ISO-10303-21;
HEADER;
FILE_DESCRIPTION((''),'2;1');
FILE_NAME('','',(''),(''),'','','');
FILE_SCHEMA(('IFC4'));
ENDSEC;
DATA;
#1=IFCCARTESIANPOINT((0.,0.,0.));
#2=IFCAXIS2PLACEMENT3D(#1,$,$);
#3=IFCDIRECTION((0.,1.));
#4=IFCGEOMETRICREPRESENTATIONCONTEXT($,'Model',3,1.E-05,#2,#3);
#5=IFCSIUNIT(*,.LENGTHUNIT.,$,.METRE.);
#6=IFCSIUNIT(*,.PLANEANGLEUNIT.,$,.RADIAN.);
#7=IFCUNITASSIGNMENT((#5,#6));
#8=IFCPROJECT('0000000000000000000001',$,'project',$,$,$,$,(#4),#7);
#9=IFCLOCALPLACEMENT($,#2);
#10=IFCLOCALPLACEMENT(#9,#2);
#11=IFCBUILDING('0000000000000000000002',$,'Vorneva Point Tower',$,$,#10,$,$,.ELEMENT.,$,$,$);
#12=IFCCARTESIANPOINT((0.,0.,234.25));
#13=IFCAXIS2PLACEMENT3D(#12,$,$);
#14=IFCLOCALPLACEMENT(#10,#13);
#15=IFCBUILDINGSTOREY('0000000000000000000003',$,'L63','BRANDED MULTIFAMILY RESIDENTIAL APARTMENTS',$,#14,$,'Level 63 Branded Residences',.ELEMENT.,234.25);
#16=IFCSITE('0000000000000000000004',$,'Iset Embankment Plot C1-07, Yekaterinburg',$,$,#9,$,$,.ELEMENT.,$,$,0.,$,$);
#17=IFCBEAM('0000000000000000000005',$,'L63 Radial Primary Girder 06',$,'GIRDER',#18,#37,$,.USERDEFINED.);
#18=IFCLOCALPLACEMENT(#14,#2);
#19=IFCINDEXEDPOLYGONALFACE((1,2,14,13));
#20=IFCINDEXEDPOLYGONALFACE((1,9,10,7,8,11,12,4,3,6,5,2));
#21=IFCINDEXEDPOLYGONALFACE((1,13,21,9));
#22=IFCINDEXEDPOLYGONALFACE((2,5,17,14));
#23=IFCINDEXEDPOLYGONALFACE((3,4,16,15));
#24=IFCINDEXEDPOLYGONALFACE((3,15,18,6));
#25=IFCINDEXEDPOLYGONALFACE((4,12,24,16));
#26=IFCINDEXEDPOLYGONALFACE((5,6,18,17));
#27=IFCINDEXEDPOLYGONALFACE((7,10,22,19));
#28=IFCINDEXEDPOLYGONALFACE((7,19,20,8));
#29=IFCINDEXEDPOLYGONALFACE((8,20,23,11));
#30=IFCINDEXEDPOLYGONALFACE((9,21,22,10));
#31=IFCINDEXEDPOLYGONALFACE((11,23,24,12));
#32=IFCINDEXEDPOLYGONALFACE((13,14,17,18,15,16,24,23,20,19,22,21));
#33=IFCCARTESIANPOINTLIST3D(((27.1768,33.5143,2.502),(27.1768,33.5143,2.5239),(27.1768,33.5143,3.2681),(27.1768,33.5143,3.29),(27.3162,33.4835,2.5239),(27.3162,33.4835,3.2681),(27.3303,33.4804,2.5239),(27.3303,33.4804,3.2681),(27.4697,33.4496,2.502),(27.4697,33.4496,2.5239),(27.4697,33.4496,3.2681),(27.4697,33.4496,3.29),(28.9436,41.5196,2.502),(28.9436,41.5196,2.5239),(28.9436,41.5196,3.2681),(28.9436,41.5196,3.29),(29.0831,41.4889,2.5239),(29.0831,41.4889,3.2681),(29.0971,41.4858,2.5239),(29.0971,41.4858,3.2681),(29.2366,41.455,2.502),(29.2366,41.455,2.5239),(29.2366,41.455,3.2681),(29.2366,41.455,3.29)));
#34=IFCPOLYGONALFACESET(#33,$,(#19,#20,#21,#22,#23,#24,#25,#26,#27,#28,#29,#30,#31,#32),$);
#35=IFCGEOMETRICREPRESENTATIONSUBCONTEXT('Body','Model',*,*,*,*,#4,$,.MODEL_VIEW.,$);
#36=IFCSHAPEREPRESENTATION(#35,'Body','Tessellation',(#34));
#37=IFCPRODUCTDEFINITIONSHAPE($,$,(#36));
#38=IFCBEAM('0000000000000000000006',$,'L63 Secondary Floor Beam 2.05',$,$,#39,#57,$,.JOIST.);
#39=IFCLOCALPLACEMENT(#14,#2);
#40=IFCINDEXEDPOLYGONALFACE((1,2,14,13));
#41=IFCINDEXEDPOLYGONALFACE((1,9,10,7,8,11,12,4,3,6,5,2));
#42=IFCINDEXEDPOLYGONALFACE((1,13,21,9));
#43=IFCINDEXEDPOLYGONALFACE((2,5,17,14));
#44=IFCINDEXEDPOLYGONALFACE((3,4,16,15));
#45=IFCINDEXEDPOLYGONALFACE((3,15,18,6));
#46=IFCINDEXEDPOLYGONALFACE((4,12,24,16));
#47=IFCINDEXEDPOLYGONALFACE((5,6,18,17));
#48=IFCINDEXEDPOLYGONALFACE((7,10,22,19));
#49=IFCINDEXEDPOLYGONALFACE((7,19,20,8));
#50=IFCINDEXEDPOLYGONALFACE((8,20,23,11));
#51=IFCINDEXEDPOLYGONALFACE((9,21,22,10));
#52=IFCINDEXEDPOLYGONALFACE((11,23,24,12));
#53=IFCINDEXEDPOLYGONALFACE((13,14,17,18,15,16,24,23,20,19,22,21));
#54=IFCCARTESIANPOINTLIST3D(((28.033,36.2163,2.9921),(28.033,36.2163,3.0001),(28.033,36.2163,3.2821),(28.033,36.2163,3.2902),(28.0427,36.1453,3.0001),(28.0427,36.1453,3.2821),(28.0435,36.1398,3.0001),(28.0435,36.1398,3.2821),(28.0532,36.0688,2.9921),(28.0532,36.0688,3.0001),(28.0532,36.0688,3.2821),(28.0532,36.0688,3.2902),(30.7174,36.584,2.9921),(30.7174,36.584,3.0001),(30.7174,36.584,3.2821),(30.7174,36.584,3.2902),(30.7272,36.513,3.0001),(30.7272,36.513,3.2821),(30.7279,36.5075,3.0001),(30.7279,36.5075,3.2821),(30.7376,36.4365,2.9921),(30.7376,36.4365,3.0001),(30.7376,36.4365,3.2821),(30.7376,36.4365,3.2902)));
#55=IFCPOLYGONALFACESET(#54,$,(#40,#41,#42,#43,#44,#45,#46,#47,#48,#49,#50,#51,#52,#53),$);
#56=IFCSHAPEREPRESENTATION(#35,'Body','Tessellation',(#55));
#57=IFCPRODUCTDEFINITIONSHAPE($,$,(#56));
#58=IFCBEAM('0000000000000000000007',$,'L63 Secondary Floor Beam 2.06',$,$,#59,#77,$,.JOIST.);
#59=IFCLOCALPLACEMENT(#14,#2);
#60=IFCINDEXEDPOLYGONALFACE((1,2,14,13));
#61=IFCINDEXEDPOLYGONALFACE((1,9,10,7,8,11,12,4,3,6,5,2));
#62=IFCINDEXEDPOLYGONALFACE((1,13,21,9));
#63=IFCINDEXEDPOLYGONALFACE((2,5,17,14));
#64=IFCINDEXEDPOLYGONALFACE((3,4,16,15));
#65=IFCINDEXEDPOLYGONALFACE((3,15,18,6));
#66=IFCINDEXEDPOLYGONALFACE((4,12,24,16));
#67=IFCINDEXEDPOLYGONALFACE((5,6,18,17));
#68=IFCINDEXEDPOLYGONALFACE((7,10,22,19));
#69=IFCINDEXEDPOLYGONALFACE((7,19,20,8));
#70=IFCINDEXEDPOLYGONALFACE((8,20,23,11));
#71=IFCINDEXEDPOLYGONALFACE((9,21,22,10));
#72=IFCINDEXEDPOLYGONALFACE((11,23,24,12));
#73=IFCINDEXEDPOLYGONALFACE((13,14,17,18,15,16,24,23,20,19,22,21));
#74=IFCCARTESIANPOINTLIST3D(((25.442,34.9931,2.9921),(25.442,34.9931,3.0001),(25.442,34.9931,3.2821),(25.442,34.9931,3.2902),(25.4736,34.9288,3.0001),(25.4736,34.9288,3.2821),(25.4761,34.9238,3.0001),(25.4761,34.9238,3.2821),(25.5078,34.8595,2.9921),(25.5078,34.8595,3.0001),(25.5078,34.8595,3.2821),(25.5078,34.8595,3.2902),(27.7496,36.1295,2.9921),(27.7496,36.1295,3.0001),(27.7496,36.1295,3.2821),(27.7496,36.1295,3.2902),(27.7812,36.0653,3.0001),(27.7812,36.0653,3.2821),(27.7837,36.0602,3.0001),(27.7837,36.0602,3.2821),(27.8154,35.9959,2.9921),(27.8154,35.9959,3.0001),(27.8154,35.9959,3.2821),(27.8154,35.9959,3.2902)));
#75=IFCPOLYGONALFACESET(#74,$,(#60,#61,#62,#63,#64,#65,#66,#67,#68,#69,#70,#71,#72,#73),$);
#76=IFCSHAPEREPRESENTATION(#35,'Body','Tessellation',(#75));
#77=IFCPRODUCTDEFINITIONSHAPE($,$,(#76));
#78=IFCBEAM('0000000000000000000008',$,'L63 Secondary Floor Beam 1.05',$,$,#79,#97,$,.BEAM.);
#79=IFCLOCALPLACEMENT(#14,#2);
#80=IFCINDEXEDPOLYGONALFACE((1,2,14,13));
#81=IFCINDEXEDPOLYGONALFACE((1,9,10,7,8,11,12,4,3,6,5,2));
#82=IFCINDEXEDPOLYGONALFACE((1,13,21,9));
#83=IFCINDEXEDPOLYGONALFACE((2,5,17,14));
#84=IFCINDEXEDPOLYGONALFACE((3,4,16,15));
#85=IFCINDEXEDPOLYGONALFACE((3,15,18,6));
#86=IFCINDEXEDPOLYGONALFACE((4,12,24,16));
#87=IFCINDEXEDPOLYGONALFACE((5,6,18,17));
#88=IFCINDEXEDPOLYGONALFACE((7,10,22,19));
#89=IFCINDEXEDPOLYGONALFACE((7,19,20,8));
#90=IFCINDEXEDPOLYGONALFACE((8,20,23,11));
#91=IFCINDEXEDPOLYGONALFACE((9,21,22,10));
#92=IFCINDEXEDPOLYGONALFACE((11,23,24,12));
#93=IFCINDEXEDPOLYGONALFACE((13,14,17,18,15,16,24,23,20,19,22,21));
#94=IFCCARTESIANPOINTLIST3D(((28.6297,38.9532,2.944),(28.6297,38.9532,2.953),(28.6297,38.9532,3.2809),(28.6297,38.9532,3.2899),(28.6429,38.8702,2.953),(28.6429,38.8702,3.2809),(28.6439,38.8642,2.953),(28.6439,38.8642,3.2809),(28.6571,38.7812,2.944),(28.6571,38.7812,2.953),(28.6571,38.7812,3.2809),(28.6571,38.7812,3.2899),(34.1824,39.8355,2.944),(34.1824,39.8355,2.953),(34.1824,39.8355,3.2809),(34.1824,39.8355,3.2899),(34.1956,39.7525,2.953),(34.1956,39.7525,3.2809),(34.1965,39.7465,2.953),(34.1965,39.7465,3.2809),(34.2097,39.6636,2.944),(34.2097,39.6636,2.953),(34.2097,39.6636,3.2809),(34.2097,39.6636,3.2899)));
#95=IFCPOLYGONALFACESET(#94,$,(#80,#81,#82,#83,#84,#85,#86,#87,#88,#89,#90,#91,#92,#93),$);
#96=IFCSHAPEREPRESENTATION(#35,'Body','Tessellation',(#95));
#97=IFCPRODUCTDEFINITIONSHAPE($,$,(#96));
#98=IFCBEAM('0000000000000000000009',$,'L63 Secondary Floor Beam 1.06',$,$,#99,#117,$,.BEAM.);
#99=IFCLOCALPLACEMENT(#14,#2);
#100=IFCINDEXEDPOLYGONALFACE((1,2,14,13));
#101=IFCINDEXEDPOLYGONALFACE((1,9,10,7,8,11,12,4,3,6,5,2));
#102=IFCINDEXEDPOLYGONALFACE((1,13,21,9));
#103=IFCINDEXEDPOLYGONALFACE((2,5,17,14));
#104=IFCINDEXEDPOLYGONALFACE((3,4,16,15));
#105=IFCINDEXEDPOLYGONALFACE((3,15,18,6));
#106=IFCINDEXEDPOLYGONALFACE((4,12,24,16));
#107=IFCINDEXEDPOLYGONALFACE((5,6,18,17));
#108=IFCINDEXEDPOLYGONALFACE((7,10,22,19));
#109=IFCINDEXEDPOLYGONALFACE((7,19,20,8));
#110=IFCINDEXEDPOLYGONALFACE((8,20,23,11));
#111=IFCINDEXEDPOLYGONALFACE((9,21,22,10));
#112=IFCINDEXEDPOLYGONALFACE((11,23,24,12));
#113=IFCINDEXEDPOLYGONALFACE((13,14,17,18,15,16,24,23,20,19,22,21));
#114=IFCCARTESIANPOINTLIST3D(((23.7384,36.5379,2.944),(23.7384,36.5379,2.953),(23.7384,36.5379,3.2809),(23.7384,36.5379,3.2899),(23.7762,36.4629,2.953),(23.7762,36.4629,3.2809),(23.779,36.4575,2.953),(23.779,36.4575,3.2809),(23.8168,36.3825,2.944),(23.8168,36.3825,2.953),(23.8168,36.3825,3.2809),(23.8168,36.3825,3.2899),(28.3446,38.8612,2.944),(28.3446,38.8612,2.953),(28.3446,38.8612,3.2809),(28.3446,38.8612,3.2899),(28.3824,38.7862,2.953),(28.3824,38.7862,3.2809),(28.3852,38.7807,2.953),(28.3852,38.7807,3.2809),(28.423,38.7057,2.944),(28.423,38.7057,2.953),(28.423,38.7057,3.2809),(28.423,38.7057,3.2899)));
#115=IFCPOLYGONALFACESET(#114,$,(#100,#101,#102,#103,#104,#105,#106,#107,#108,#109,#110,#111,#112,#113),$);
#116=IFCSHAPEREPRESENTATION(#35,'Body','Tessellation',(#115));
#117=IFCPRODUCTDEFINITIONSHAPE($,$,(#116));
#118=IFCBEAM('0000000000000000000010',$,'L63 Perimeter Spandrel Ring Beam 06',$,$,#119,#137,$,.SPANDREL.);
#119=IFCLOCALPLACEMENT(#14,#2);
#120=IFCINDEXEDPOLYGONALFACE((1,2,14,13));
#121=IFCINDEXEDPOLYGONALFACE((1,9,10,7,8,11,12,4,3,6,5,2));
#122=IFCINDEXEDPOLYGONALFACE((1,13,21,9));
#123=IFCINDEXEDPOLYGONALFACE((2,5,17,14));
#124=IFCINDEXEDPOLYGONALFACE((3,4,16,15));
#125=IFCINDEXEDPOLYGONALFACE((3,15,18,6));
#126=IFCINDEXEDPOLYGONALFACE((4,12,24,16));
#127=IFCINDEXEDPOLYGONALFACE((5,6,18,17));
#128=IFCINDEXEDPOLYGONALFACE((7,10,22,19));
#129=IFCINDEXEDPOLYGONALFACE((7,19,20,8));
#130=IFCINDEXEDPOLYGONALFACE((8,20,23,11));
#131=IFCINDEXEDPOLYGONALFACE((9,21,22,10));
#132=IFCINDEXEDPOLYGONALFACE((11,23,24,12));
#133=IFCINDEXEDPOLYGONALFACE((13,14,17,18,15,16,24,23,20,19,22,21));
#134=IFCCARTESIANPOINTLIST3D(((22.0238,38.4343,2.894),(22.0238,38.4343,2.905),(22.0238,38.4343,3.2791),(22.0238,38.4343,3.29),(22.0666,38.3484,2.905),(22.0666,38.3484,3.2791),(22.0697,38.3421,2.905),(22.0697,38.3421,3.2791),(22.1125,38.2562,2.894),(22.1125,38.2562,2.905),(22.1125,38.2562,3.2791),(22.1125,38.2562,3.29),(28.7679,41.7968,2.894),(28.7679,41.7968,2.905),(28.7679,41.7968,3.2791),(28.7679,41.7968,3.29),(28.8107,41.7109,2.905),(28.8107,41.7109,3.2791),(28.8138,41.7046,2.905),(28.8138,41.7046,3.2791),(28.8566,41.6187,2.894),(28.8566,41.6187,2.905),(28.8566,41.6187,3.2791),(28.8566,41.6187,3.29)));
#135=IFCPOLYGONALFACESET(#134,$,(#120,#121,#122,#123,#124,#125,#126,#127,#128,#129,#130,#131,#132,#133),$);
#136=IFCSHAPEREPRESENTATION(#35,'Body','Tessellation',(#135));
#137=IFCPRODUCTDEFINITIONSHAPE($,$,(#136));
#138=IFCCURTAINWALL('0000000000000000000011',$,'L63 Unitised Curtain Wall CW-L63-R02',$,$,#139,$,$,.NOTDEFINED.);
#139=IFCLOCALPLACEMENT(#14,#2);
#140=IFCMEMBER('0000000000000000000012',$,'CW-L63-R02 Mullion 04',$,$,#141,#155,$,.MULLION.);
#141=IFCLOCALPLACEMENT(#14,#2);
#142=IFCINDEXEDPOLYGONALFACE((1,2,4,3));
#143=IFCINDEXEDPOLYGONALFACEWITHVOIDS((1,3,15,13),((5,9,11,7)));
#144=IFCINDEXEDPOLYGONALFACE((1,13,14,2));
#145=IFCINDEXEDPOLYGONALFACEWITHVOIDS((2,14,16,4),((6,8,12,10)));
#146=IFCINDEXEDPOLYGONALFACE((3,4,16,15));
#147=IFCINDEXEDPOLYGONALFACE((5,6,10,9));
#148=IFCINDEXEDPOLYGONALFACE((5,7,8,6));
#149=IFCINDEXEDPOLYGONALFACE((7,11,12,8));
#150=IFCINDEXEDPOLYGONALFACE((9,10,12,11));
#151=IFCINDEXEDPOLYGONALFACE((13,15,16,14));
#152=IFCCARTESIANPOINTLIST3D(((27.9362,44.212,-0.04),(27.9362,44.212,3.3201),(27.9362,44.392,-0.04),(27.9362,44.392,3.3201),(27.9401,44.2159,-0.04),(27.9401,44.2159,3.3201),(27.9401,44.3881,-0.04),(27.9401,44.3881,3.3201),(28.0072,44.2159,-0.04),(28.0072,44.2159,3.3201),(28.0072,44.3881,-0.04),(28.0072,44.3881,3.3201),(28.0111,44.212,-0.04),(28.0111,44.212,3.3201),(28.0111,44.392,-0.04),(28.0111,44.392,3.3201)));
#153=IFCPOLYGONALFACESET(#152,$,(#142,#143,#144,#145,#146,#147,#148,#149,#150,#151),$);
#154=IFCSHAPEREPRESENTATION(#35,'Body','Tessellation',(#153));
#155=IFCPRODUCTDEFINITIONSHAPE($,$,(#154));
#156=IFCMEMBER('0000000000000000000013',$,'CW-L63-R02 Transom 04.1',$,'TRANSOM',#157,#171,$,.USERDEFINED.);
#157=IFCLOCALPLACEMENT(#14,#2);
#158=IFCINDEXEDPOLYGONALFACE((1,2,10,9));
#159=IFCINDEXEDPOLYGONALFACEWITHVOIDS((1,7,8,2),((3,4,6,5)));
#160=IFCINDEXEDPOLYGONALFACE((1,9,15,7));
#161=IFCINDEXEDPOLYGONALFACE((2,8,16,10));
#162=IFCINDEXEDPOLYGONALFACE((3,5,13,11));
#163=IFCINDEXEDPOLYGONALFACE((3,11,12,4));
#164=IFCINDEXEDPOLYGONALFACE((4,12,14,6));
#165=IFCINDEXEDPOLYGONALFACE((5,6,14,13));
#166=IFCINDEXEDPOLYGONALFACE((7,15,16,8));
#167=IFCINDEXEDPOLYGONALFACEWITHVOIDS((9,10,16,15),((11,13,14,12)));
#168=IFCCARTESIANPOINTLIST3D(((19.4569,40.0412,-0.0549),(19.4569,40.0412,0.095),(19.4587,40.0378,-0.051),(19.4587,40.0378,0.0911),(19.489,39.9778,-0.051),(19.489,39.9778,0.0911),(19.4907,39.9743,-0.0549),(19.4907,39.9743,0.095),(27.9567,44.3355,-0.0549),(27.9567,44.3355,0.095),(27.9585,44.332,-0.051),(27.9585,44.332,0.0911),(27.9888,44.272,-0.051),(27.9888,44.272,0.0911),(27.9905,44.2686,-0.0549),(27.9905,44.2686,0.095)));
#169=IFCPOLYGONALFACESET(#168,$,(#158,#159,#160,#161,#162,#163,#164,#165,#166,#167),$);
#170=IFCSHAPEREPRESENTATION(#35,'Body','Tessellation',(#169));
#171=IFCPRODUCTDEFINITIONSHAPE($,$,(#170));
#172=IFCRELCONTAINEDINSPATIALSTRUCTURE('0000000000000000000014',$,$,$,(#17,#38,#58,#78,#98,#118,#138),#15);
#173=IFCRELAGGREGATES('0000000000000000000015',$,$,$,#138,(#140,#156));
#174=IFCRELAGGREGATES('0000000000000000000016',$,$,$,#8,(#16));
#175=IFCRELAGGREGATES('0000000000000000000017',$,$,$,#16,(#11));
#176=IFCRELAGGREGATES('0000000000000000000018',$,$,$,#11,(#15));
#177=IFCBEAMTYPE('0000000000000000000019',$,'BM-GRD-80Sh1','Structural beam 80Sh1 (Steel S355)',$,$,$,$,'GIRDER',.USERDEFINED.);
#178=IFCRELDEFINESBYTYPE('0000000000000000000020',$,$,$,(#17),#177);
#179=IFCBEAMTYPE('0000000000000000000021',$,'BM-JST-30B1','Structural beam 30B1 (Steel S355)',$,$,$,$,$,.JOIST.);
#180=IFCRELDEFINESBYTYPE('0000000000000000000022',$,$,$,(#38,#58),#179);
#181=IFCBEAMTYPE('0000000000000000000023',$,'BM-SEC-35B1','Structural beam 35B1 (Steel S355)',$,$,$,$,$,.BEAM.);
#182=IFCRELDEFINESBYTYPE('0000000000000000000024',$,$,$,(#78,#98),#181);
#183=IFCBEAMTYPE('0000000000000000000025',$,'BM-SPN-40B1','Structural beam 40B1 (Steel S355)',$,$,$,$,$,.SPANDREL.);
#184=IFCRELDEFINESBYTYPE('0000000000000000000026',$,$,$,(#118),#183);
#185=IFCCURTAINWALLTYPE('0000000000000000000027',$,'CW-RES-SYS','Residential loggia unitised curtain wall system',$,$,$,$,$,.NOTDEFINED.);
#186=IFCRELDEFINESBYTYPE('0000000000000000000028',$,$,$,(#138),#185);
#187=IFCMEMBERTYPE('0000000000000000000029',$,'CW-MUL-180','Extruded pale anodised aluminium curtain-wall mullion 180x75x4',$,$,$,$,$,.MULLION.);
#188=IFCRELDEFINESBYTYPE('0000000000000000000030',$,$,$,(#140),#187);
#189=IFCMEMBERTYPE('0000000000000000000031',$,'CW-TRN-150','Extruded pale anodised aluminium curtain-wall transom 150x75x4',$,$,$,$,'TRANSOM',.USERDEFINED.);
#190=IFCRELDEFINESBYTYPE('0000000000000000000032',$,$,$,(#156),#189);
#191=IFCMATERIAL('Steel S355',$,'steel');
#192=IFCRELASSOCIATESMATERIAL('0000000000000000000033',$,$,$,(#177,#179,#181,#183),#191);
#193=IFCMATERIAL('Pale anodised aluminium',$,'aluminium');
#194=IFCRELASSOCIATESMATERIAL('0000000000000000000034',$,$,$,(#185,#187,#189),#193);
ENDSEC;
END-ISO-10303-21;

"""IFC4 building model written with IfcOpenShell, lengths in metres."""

from ifc_helpers import new_model, si_unit, direction, frame, origin, origin_2d, place, context, subcontext, project, spatial, hollow_rectangle, i_section, extrude, material, material_profile, profile_set, type_object, element, aggregate, save


model = new_model("IFC4")

# Units and contexts
model_context = context("Model", 3, precision=1e-05, world=origin(), true_north=direction((0.0, 1.0)))
body_context = subcontext(model_context, "Body", "Model", "MODEL_VIEW")
ifc_project = project(units=[si_unit("LENGTHUNIT", "METRE"), si_unit("PLANEANGLEUNIT", "RADIAN")], contexts=[model_context])

# Site, building, storey
site_placement = place(None, origin())
site = spatial("IfcSite", under=ifc_project, at=site_placement, Name="Iset Embankment Plot C1-07, Yekaterinburg", CompositionType="ELEMENT", RefElevation=0.0)
building_placement = place(site_placement, origin())
building = spatial("IfcBuilding", under=site, at=building_placement, Name="Vorneva Point Tower", CompositionType="ELEMENT")
storey_placement = place(building_placement, frame((0.0, 0.0, 234.25)))
storey = spatial("IfcBuildingStorey", under=building, at=storey_placement, Name="L63", Description="BRANDED MULTIFAMILY RESIDENTIAL APARTMENTS", LongName="Level 63 Branded Residences", CompositionType="ELEMENT", Elevation=234.25)

# Beams
ifc_material_1 = material(Name="Steel S355", Category="steel")
ifc_material_profile_1 = material_profile(ifc_material_1, i_section(OverallWidth=0.3, OverallDepth=0.7881, WebThickness=0.0144, FlangeThickness=0.022, at=origin_2d()), Name="80Sh1")
ifc_profile_set_1 = profile_set([ifc_material_profile_1], Name="Steel S355")
beam_type_1 = type_object("IfcBeamType", Name="BM-GRD-80Sh1", Description="Structural beam 80Sh1 (Steel S355)", ElementType="GIRDER", PredefinedType="USERDEFINED", material=ifc_profile_set_1)
beam_1_placement = place(storey_placement, frame((29.0901, 41.4873, 2.896), z_axis=(-0.215521, -0.976499, 0.0), x_axis=(0.976499, -0.215521, 0.0)))
element("IfcBeam", 1, at=beam_1_placement, inside=storey, type_object=beam_type_1, Name="L63 Radial Primary Girder 06", ObjectType="GIRDER", PredefinedType="USERDEFINED", context=body_context, shape_type="SweptSolid", body=[
    extrude(i_section(OverallWidth=0.3, OverallDepth=0.7881, WebThickness=0.0144, FlangeThickness=0.022, at=origin_2d()), origin(), (0.0, 0.0, 1.0), 8.198),
])
ifc_material_profile_2 = material_profile(ifc_material_1, i_section(OverallWidth=0.1489, OverallDepth=0.2981, WebThickness=0.0056, FlangeThickness=0.0081, at=origin_2d()), Name="30B1")
ifc_profile_set_2 = profile_set([ifc_material_profile_2], Name="Steel S355")
beam_type_2 = type_object("IfcBeamType", Name="BM-JST-30B1", Description="Structural beam 30B1 (Steel S355)", PredefinedType="JOIST", material=ifc_profile_set_2)
beam_2_placement = place(storey_placement, frame((30.7275, 36.5103, 3.1411), z_axis=(-0.990749, -0.135704, 0.0), x_axis=(0.135704, -0.990749, 0.0)))
element("IfcBeam", 2, at=beam_2_placement, inside=storey, type_object=beam_type_2, Name="L63 Secondary Floor Beam 2.05", PredefinedType="JOIST", context=body_context, shape_type="SweptSolid", body=[
    extrude(i_section(OverallWidth=0.1489, OverallDepth=0.2981, WebThickness=0.0056, FlangeThickness=0.0081, at=origin_2d()), origin(), (0.0, 0.0, 1.0), 2.7095),
])
beam_3_placement = place(storey_placement, frame((27.7825, 36.0627, 3.1411), z_axis=(-0.897106, -0.441814, 0.0), x_axis=(0.441814, -0.897106, 0.0)))
element("IfcBeam", 3, at=beam_3_placement, inside=storey, type_object=beam_type_2, Name="L63 Secondary Floor Beam 2.06", PredefinedType="JOIST", context=body_context, shape_type="SweptSolid", body=[
    extrude(i_section(OverallWidth=0.1489, OverallDepth=0.2981, WebThickness=0.0056, FlangeThickness=0.0081, at=origin_2d()), origin(), (0.0, 0.0, 1.0), 2.5723),
])
ifc_material_profile_3 = material_profile(ifc_material_1, i_section(OverallWidth=0.1741, OverallDepth=0.3459, WebThickness=0.0061, FlangeThickness=0.009, at=origin_2d()), Name="35B1")
ifc_profile_set_3 = profile_set([ifc_material_profile_3], Name="Steel S355")
beam_type_3 = type_object("IfcBeamType", Name="BM-SEC-35B1", Description="Structural beam 35B1 (Steel S355)", PredefinedType="BEAM", material=ifc_profile_set_3)
beam_4_placement = place(storey_placement, frame((34.196, 39.7495, 3.1169), z_axis=(-0.98761, -0.15693, 0.0), x_axis=(0.15693, -0.98761, 0.0)))
element("IfcBeam", 4, at=beam_4_placement, inside=storey, type_object=beam_type_3, Name="L63 Secondary Floor Beam 1.05", PredefinedType="BEAM", context=body_context, shape_type="SweptSolid", body=[
    extrude(i_section(OverallWidth=0.1741, OverallDepth=0.3459, WebThickness=0.0061, FlangeThickness=0.009, at=origin_2d()), origin(), (0.0, 0.0, 1.0), 5.6223),
])
beam_5_placement = place(storey_placement, frame((28.3838, 38.7834, 3.1169), z_axis=(-0.89286, -0.450334, 0.0), x_axis=(0.450334, -0.89286, 0.0)))
element("IfcBeam", 5, at=beam_5_placement, inside=storey, type_object=beam_type_3, Name="L63 Secondary Floor Beam 1.06", PredefinedType="BEAM", context=body_context, shape_type="SweptSolid", body=[
    extrude(i_section(OverallWidth=0.1741, OverallDepth=0.3459, WebThickness=0.0061, FlangeThickness=0.009, at=origin_2d()), origin(), (0.0, 0.0, 1.0), 5.1589),
])
ifc_material_profile_4 = material_profile(ifc_material_1, i_section(OverallWidth=0.199, OverallDepth=0.396, WebThickness=0.0071, FlangeThickness=0.011, at=origin_2d()), Name="40B1")
ifc_profile_set_4 = profile_set([ifc_material_profile_4], Name="Steel S355")
beam_type_4 = type_object("IfcBeamType", Name="BM-SPN-40B1", Description="Structural beam 40B1 (Steel S355)", PredefinedType="SPANDREL", material=ifc_profile_set_4)
beam_6_placement = place(storey_placement, frame((28.8123, 41.7078, 3.092), z_axis=(-0.894932, -0.446203, 0.0), x_axis=(0.446203, -0.894932, 0.0)))
element("IfcBeam", 6, at=beam_6_placement, inside=storey, type_object=beam_type_4, Name="L63 Perimeter Spandrel Ring Beam 06", PredefinedType="SPANDREL", context=body_context, shape_type="SweptSolid", body=[
    extrude(i_section(OverallWidth=0.199, OverallDepth=0.396, WebThickness=0.0071, FlangeThickness=0.011, at=origin_2d()), origin(), (0.0, 0.0, 1.0), 7.5359),
])

# Curtain wall, members
ifc_material_2 = material(Name="Pale anodised aluminium", Category="aluminium")
curtain_wall_type = type_object("IfcCurtainWallType", Name="CW-RES-SYS", Description="Residential loggia unitised curtain wall system", PredefinedType="NOTDEFINED", material=ifc_material_2)
curtain_wall_placement = place(storey_placement, origin())
curtain_wall = element("IfcCurtainWall", 7, at=curtain_wall_placement, inside=storey, type_object=curtain_wall_type, Name="L63 Unitised Curtain Wall CW-L63-R02", PredefinedType="NOTDEFINED")
ifc_material_profile_5 = material_profile(ifc_material_2, hollow_rectangle(XDim=0.075, YDim=0.1799, WallThickness=0.0039, at=origin_2d()), Name="AL-MUL 180x75x4")
ifc_profile_set_5 = profile_set([ifc_material_profile_5], Name="Pale anodised aluminium")
member_type_1 = type_object("IfcMemberType", Name="CW-MUL-180", Description="Extruded pale anodised aluminium curtain-wall mullion 180x75x4", PredefinedType="MULLION", material=ifc_profile_set_5)
member_1_placement = place(storey_placement, frame((27.9736, 44.302, -0.04), z_axis=(0.0, 0.0, 1.0), x_axis=(1.0, 0.0, 0.0)))
member_1 = element("IfcMember", 8, at=member_1_placement, type_object=member_type_1, Name="CW-L63-R02 Mullion 04", PredefinedType="MULLION", context=body_context, shape_type="SweptSolid", body=[
    extrude(hollow_rectangle(XDim=0.075, YDim=0.1799, WallThickness=0.0039, at=origin_2d()), origin(), (0.0, 0.0, 1.0), 3.3601),
])
ifc_material_profile_6 = material_profile(ifc_material_2, hollow_rectangle(XDim=0.075, YDim=0.1499, WallThickness=0.0039, at=origin_2d()), Name="AL-TRN 150x75x4")
ifc_profile_set_6 = profile_set([ifc_material_profile_6], Name="Pale anodised aluminium")
member_type_2 = type_object("IfcMemberType", Name="CW-TRN-150", Description="Extruded pale anodised aluminium curtain-wall transom 150x75x4", ElementType="TRANSOM", PredefinedType="USERDEFINED", material=ifc_profile_set_6)
member_2_placement = place(storey_placement, frame((27.9736, 44.302, 0.02), z_axis=(-0.892558, -0.450932, 0.0), x_axis=(0.450932, -0.892558, 0.0)))
member_2 = element("IfcMember", 9, at=member_2_placement, type_object=member_type_2, Name="CW-L63-R02 Transom 04.1", ObjectType="TRANSOM", PredefinedType="USERDEFINED", context=body_context, shape_type="SweptSolid", body=[
    extrude(hollow_rectangle(XDim=0.075, YDim=0.1499, WallThickness=0.0039, at=origin_2d()), origin(), (0.0, 0.0, 1.0), 9.5229),
])
aggregate(curtain_wall, [member_1, member_2])

save(model, "model.ifc")
